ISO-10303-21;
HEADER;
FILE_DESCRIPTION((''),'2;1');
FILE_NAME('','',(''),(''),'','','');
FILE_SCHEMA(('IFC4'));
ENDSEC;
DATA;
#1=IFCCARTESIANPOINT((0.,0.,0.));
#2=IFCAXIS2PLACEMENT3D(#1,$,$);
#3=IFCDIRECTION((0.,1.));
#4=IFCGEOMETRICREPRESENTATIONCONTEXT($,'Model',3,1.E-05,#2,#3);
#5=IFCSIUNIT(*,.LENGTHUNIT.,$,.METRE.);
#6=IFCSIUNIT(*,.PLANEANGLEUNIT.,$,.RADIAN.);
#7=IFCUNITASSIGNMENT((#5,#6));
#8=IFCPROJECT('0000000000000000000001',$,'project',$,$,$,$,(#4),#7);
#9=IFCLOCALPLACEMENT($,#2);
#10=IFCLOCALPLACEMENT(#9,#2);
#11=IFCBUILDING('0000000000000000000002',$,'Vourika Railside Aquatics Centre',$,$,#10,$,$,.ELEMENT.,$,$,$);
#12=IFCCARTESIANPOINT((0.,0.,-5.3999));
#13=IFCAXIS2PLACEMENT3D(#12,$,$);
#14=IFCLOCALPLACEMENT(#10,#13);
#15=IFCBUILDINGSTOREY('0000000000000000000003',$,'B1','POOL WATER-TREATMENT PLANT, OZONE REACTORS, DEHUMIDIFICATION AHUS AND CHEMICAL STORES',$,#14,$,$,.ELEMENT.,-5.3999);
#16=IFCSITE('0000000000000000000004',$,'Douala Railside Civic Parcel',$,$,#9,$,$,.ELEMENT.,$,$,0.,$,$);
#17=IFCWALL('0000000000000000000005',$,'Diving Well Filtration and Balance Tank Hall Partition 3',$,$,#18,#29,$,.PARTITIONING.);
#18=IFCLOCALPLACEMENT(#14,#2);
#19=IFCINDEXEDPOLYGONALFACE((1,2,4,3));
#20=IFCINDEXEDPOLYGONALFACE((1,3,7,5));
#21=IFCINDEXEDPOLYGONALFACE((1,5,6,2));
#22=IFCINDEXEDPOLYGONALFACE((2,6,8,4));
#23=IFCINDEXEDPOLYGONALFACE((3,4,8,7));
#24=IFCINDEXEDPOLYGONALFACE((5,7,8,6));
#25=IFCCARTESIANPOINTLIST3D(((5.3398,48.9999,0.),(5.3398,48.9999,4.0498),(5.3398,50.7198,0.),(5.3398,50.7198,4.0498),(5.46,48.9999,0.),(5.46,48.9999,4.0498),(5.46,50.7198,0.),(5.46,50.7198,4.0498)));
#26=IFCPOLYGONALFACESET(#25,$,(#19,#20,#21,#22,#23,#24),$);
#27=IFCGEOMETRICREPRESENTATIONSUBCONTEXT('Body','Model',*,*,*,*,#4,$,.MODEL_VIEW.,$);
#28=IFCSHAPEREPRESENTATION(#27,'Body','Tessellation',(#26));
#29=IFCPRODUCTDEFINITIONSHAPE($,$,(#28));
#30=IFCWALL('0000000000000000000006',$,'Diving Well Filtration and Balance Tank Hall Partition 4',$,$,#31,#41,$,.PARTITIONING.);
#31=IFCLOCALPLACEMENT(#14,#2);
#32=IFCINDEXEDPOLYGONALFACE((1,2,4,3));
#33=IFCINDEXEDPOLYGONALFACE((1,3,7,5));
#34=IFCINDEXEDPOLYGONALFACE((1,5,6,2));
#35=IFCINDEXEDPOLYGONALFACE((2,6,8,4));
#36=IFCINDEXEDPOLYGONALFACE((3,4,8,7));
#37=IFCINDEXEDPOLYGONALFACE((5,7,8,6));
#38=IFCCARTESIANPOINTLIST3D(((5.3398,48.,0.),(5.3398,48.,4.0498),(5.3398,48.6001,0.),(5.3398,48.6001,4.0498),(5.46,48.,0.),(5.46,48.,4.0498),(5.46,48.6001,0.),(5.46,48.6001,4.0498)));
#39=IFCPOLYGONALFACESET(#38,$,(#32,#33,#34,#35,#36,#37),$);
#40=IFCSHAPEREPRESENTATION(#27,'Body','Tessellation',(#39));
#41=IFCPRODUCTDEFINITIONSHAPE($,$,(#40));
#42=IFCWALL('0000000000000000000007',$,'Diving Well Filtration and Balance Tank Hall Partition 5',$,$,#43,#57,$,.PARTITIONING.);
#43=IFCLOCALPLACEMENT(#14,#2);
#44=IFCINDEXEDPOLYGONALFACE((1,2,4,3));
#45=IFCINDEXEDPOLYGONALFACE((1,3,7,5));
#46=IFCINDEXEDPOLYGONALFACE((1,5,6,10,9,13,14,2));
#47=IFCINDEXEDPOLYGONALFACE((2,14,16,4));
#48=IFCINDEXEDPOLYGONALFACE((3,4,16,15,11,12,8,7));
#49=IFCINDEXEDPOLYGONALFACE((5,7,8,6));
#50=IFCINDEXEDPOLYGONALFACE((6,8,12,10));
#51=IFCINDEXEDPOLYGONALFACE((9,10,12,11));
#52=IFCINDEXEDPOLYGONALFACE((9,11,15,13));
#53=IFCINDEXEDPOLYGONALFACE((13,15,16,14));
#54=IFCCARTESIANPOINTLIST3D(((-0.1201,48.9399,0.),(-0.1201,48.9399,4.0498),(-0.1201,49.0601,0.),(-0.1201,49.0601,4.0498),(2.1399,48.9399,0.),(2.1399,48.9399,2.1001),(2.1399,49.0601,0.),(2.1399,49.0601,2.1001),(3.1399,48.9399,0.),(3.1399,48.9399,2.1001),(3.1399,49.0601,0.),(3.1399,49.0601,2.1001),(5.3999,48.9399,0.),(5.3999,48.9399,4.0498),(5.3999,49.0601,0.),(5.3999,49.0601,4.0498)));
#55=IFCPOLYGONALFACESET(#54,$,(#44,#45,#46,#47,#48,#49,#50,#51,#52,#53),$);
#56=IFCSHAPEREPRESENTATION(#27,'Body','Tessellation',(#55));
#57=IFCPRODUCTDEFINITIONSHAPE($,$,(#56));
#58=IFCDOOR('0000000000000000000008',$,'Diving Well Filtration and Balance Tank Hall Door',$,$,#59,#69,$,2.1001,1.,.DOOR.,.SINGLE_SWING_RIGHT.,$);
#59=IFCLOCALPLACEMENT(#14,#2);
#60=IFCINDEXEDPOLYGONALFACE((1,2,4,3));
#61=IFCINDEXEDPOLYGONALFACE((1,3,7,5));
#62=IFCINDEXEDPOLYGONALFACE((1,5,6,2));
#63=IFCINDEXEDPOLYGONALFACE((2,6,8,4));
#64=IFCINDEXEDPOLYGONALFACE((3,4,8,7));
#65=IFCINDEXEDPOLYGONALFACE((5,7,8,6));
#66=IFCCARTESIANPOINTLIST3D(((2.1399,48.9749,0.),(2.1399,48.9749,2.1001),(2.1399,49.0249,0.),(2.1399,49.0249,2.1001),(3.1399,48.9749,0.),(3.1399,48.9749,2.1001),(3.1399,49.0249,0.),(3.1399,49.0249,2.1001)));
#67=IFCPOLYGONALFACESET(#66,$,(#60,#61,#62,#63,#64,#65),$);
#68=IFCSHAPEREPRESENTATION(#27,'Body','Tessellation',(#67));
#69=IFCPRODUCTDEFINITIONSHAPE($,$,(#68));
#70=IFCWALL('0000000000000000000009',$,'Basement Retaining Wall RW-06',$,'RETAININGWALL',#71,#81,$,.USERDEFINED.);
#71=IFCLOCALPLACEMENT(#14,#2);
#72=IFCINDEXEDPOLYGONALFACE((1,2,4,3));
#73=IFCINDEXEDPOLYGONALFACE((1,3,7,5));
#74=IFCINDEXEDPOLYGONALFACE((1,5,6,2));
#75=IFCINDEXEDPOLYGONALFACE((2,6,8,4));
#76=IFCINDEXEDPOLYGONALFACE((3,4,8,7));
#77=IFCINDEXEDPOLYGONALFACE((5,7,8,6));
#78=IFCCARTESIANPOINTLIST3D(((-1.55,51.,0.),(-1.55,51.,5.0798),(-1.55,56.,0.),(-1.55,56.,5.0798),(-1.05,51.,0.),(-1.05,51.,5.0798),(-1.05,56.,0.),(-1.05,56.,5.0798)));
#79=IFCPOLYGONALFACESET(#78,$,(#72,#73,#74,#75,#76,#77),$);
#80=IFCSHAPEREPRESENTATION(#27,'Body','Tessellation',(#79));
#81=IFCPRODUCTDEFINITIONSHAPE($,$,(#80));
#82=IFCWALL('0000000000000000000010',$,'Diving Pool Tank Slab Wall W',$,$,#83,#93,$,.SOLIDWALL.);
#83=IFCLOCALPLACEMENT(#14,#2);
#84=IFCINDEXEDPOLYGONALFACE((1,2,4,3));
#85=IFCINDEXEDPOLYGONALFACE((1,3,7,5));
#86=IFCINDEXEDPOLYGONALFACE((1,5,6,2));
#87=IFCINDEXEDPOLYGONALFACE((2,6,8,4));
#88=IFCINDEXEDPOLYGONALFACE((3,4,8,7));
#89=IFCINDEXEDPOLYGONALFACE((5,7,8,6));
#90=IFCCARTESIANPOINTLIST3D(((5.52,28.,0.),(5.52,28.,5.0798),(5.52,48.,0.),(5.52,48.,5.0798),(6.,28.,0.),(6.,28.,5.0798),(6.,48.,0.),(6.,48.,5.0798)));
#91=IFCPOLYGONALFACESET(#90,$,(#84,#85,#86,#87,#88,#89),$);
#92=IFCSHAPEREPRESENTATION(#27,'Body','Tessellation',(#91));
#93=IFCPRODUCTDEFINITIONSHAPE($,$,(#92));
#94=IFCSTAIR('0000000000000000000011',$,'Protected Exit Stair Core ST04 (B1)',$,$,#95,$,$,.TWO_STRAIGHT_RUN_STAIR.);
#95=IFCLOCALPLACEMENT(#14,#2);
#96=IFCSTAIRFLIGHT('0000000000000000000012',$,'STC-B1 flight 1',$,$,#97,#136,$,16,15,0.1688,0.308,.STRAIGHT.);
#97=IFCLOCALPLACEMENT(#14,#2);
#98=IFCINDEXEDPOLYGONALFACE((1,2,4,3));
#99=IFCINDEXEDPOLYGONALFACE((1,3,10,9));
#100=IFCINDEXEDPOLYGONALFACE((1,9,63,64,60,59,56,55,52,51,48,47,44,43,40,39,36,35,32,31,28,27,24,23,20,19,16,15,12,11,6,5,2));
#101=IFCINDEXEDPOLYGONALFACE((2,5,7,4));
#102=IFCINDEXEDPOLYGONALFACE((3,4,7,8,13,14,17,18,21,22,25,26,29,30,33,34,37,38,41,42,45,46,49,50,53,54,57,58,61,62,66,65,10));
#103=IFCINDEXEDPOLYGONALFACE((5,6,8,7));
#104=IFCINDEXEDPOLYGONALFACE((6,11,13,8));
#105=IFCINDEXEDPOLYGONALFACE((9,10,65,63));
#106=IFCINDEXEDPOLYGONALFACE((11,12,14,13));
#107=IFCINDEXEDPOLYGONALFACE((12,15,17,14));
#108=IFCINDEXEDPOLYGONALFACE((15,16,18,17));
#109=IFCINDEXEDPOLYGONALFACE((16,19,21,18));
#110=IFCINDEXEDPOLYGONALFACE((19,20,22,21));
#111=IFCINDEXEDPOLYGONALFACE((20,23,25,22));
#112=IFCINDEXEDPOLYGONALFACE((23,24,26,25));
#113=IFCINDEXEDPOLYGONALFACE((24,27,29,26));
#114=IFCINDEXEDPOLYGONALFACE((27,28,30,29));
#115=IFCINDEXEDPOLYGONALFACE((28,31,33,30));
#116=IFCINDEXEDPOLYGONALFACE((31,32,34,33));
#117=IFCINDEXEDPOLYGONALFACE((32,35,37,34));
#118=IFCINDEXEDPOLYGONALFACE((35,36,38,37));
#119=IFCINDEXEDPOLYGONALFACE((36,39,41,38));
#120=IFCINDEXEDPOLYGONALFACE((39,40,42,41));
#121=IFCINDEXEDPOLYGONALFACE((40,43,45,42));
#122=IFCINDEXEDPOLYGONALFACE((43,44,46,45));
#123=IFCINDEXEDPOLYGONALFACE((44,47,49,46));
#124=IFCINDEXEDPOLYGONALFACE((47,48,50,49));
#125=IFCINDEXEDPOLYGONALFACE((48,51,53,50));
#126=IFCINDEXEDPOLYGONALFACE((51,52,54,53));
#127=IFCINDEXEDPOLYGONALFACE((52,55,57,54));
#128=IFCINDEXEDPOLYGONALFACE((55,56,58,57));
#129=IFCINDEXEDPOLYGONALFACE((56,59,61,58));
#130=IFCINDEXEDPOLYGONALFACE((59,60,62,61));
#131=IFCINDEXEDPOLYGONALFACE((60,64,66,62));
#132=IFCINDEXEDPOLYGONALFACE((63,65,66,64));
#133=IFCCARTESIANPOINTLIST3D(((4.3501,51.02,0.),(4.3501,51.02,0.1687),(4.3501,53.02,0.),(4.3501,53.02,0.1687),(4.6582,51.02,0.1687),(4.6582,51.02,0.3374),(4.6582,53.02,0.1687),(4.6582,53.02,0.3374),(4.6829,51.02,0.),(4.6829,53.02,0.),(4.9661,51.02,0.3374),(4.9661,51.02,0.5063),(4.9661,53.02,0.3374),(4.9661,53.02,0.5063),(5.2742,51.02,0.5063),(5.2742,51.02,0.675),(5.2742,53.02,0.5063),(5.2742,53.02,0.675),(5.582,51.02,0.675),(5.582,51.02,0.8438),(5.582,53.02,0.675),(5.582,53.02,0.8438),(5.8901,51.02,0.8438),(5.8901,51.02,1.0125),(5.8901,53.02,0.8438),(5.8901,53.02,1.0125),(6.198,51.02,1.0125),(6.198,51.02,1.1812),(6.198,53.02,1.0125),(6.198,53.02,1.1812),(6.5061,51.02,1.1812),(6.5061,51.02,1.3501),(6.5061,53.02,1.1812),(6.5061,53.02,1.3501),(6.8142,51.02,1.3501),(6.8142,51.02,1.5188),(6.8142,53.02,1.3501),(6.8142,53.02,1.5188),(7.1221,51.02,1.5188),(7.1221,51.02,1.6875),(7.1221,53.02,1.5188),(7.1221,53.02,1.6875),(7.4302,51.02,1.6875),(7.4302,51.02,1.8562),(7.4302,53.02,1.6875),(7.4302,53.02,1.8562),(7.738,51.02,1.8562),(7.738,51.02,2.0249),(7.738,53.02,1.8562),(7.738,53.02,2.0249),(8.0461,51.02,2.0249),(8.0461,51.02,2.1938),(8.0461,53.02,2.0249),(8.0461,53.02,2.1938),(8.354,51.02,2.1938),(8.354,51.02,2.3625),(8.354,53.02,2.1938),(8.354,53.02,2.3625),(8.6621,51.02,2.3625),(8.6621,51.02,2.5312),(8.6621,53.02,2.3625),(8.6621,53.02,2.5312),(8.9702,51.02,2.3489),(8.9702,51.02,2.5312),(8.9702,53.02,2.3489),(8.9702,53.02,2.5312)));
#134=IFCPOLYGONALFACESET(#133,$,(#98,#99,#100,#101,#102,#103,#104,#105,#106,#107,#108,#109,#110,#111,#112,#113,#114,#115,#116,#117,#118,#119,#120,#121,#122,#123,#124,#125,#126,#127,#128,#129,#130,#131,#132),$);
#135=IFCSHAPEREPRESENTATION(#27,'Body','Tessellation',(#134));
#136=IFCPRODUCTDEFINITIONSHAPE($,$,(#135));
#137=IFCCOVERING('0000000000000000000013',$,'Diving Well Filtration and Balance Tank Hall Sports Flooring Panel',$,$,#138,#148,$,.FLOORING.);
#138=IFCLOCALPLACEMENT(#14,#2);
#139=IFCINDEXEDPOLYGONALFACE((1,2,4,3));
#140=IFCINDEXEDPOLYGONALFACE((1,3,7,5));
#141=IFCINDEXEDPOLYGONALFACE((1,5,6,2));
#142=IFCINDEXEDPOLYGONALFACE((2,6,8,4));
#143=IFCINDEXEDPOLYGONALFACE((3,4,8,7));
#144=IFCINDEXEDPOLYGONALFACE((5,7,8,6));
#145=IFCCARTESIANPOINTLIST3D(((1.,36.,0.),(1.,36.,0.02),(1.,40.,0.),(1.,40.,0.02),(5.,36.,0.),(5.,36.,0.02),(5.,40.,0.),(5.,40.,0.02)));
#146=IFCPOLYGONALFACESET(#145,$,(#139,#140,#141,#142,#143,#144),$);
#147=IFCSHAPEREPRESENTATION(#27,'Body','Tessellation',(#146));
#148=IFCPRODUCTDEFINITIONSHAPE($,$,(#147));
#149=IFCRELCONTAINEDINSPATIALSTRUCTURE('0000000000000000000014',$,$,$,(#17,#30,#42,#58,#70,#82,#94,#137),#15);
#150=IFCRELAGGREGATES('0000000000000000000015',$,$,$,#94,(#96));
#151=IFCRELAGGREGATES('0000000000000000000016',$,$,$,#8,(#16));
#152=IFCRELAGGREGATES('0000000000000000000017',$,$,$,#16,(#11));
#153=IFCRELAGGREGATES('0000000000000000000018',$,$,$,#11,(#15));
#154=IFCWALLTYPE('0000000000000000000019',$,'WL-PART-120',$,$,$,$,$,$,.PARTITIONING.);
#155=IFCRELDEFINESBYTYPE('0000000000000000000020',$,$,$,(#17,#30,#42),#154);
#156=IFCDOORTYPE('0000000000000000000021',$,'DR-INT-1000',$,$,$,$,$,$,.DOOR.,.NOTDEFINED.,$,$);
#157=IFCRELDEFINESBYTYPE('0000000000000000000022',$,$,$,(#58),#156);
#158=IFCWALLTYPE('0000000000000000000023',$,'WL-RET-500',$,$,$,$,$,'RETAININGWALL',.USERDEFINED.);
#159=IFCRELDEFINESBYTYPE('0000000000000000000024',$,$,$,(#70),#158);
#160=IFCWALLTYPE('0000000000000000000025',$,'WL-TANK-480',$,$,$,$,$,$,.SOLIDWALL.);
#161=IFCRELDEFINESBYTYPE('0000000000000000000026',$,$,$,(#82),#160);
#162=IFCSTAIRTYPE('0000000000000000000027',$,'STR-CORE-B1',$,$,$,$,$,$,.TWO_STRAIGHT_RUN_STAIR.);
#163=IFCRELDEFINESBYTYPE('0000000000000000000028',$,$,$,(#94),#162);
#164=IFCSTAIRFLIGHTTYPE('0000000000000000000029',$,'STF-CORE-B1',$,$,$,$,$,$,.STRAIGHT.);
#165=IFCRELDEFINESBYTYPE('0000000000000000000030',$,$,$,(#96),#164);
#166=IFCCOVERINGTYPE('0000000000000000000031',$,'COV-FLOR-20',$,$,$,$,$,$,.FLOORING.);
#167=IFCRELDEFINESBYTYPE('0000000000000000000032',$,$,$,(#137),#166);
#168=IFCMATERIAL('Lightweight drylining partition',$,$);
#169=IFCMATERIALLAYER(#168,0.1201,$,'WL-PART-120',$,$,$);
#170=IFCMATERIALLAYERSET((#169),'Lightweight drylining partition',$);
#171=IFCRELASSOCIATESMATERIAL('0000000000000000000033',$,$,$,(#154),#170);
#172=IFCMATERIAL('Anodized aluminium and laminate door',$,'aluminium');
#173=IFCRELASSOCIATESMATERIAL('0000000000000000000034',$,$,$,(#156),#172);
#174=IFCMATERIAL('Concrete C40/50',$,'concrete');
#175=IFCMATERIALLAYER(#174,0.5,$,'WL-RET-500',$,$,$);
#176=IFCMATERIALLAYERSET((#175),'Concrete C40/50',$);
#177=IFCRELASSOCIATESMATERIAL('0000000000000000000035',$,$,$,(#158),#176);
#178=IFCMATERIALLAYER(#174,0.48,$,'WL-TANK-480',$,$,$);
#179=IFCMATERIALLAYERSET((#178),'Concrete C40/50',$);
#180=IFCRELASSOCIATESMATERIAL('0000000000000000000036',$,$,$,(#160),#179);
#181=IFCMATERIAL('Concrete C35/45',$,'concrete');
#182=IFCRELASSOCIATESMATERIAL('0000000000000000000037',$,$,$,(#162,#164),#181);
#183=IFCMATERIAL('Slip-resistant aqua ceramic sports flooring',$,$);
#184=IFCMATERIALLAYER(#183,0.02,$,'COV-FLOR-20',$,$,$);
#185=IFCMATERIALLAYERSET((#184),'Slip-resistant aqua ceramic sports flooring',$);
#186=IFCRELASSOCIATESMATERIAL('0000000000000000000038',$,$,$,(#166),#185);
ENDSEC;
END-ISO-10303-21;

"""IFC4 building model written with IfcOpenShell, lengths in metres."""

from ifc_helpers import new_model, si_unit, direction, frame, frame_2d, origin, origin_2d, place, context, subcontext, project, spatial, polyline, rectangle, outline, extrude, material, layer, layer_set, type_object, element, fill, aggregate, save


model = new_model("IFC4")

# Units and contexts
model_context = context("Model", 3, precision=1e-05, world=origin(), true_north=direction((0.0, 1.0)))
body_context = subcontext(model_context, "Body", "Model", "MODEL_VIEW")
ifc_project = project(units=[si_unit("LENGTHUNIT", "METRE"), si_unit("PLANEANGLEUNIT", "RADIAN")], contexts=[model_context])

# Site, building, storey
site_placement = place(None, origin())
site = spatial("IfcSite", under=ifc_project, at=site_placement, Name="Douala Railside Civic Parcel", CompositionType="ELEMENT", RefElevation=0.0)
building_placement = place(site_placement, origin())
building = spatial("IfcBuilding", under=site, at=building_placement, Name="Vourika Railside Aquatics Centre", CompositionType="ELEMENT")
storey_placement = place(building_placement, frame((0.0, 0.0, -5.3999)))
storey = spatial("IfcBuildingStorey", under=building, at=storey_placement, Name="B1", Description="POOL WATER-TREATMENT PLANT, OZONE REACTORS, DEHUMIDIFICATION AHUS AND CHEMICAL STORES", CompositionType="ELEMENT", Elevation=-5.3999)

# Shared definitions
ifc_material_1 = material(Name="Concrete C40/50", Category="concrete")

# Shared definitions
ifc_material_2 = material(Name="Concrete C35/45", Category="concrete")

# Walls
ifc_material_3 = material(Name="Lightweight drylining partition")
ifc_layer_1 = layer(ifc_material_3, 0.1201, Name="WL-PART-120")
ifc_layer_set_1 = layer_set([ifc_layer_1], Name="Lightweight drylining partition")
wall_type_1 = type_object("IfcWallType", Name="WL-PART-120", PredefinedType="PARTITIONING", material=ifc_layer_set_1)
wall_1_placement = place(storey_placement, frame((5.3999, 49.0, 0.0), z_axis=(0.0, 0.0, 1.0), x_axis=(0.0, 1.0, 0.0)))
element("IfcWall", 1, at=wall_1_placement, inside=storey, type_object=wall_type_1, Name="Diving Well Filtration and Balance Tank Hall Partition 3", PredefinedType="PARTITIONING", context=body_context, shape_type="SweptSolid", body=[
    extrude(rectangle(XDim=1.72, YDim=0.1201, at=frame_2d((0.8599, 0.0))), origin(), (0.0, 0.0, 1.0), 4.0498),
])
wall_2_placement = place(storey_placement, frame((5.3999, 48.6001, 0.0), z_axis=(0.0, 0.0, 1.0), x_axis=(0.0, -1.0, 0.0)))
element("IfcWall", 2, at=wall_2_placement, inside=storey, type_object=wall_type_1, Name="Diving Well Filtration and Balance Tank Hall Partition 4", PredefinedType="PARTITIONING", context=body_context, shape_type="SweptSolid", body=[
    extrude(rectangle(XDim=0.6001, YDim=0.1201, at=frame_2d((0.3, 0.0))), origin(), (0.0, 0.0, 1.0), 4.0498),
])

# Wall, opening, door
wall_3_placement = place(storey_placement, frame((-0.1201, 49.0, 0.0), z_axis=(0.0, 0.0, 1.0), x_axis=(1.0, 0.0, 0.0)))
wall_3 = element("IfcWall", 3, at=wall_3_placement, inside=storey, type_object=wall_type_1, Name="Diving Well Filtration and Balance Tank Hall Partition 5", PredefinedType="PARTITIONING", context=body_context, shape_type="SweptSolid", body=[
    extrude(rectangle(XDim=5.52, YDim=0.1201, at=frame_2d((2.76, 0.0))), origin(), (0.0, 0.0, 1.0), 4.0498),
])
opening_1_placement = place(wall_3_placement, frame((2.26, 0.0, 0.0)))
opening_1 = element("IfcOpeningElement", 4, at=opening_1_placement, cuts=wall_3, PredefinedType="OPENING", context=body_context, shape_type="SweptSolid", body=[
    extrude(rectangle(XDim=1.0, YDim=2.1001, at=frame_2d((0.5, 1.05))), frame((0.0, 0.0701, 0.0), z_axis=(0.0, -1.0, 0.0), x_axis=(1.0, 0.0, 0.0)), (0.0, 0.0, 1.0), 0.1401),
])
ifc_material_4 = material(Name="Anodized aluminium and laminate door", Category="aluminium")
door_type_1 = type_object("IfcDoorType", Name="DR-INT-1000", OperationType="NOTDEFINED", PredefinedType="DOOR", material=ifc_material_4)
door_1_placement = place(opening_1_placement, origin())
door_1 = element("IfcDoor", 5, at=door_1_placement, inside=storey, type_object=door_type_1, Name="Diving Well Filtration and Balance Tank Hall Door", OperationType="SINGLE_SWING_RIGHT", OverallHeight=2.1001, OverallWidth=1.0, PredefinedType="DOOR", context=body_context, shape_type="SweptSolid", body=[
    extrude(rectangle(XDim=1.0, YDim=2.1001, at=frame_2d((0.5, 1.05))), frame((0.0, 0.0249, 0.0), z_axis=(0.0, -1.0, 0.0), x_axis=(1.0, 0.0, 0.0)), (0.0, 0.0, 1.0), 0.05),
])
fill(opening_1, door_1)

# Walls
ifc_layer_2 = layer(ifc_material_1, 0.5, Name="WL-RET-500")
ifc_layer_set_2 = layer_set([ifc_layer_2], Name="Concrete C40/50")
wall_type_2 = type_object("IfcWallType", Name="WL-RET-500", ElementType="RETAININGWALL", PredefinedType="USERDEFINED", material=ifc_layer_set_2)
wall_4_placement = place(storey_placement, frame((-1.3, 51.0, 0.0), z_axis=(0.0, 0.0, 1.0), x_axis=(0.0, 1.0, 0.0)))
element("IfcWall", 6, at=wall_4_placement, inside=storey, type_object=wall_type_2, Name="Basement Retaining Wall RW-06", ObjectType="RETAININGWALL", PredefinedType="USERDEFINED", context=body_context, shape_type="SweptSolid", body=[
    extrude(rectangle(XDim=5.0, YDim=0.5, at=frame_2d((2.5, 0.0))), origin(), (0.0, 0.0, 1.0), 5.0798),
])
ifc_layer_3 = layer(ifc_material_1, 0.48, Name="WL-TANK-480")
ifc_layer_set_3 = layer_set([ifc_layer_3], Name="Concrete C40/50")
wall_type_3 = type_object("IfcWallType", Name="WL-TANK-480", PredefinedType="SOLIDWALL", material=ifc_layer_set_3)
wall_5_placement = place(storey_placement, frame((5.76, 48.0, 0.0), z_axis=(0.0, 0.0, 1.0), x_axis=(0.0, -1.0, 0.0)))
element("IfcWall", 7, at=wall_5_placement, inside=storey, type_object=wall_type_3, Name="Diving Pool Tank Slab Wall W", PredefinedType="SOLIDWALL", context=body_context, shape_type="SweptSolid", body=[
    extrude(rectangle(XDim=20.0, YDim=0.48, at=frame_2d((10.0, 0.0))), origin(), (0.0, 0.0, 1.0), 5.0798),
])

# Stair, stair flight
stair_type = type_object("IfcStairType", Name="STR-CORE-B1", PredefinedType="TWO_STRAIGHT_RUN_STAIR", material=ifc_material_2)
stair_placement = place(storey_placement, origin())
stair = element("IfcStair", 8, at=stair_placement, inside=storey, type_object=stair_type, Name="Protected Exit Stair Core ST04 (B1)", PredefinedType="TWO_STRAIGHT_RUN_STAIR")
stair_flight_type = type_object("IfcStairFlightType", Name="STF-CORE-B1", PredefinedType="STRAIGHT", material=ifc_material_2)
stair_flight_placement = place(storey_placement, frame((4.3501, 52.02, 0.0), z_axis=(0.0, 0.0, 1.0), x_axis=(1.0, 0.0, 0.0)))
stair_flight = element("IfcStairFlight", 9, at=stair_flight_placement, type_object=stair_flight_type, Name="STC-B1 flight 1", NumberOfRisers=16, NumberOfTreads=15, PredefinedType="STRAIGHT", RiserHeight=0.1688, TreadLength=0.308, context=body_context, shape_type="SweptSolid", body=[
    extrude(outline(polyline([(0.0, 0.0), (0.0, 0.1687), (0.3081, 0.1687), (0.3081, 0.3374), (0.616, 0.3374), (0.616, 0.5063), (0.9241, 0.5063), (0.9241, 0.675), (1.2319, 0.675), (1.2319, 0.8438), (1.54, 0.8438), (1.54, 1.0125), (1.8479, 1.0125), (1.8479, 1.1812), (2.156, 1.1812), (2.156, 1.3501), (2.4641, 1.3501), (2.4641, 1.5188), (2.772, 1.5188), (2.772, 1.6875), (3.0801, 1.6875), (3.0801, 1.8562), (3.3879, 1.8562), (3.3879, 2.0249), (3.696, 2.0249), (3.696, 2.1938), (4.0039, 2.1938), (4.0039, 2.3625), (4.312, 2.3625), (4.312, 2.5312), (4.6201, 2.5312), (4.6201, 2.7), (4.6201, 2.3489), (0.3328, 0.0), (0.0, 0.0)])), frame((0.0, 1.0, 0.0), z_axis=(0.0, -1.0, 0.0), x_axis=(1.0, 0.0, 0.0)), (0.0, 0.0, 1.0), 2.0),
])
aggregate(stair, [stair_flight])

# Covering
ifc_material_5 = material(Name="Slip-resistant aqua ceramic sports flooring")
ifc_layer_4 = layer(ifc_material_5, 0.02, Name="COV-FLOR-20")
ifc_layer_set_4 = layer_set([ifc_layer_4], Name="Slip-resistant aqua ceramic sports flooring")
covering_type = type_object("IfcCoveringType", Name="COV-FLOR-20", PredefinedType="FLOORING", material=ifc_layer_set_4)
covering_placement = place(storey_placement, frame((3.0, 38.0, 0.0), z_axis=(0.0, 0.0, 1.0), x_axis=(1.0, 0.0, 0.0)))
element("IfcCovering", 10, at=covering_placement, inside=storey, type_object=covering_type, Name="Diving Well Filtration and Balance Tank Hall Sports Flooring Panel", PredefinedType="FLOORING", context=body_context, shape_type="SweptSolid", body=[
    extrude(rectangle(XDim=4.0, YDim=4.0, at=origin_2d()), origin(), (0.0, 0.0, 1.0), 0.02),
])

save(model, "model.ifc")
